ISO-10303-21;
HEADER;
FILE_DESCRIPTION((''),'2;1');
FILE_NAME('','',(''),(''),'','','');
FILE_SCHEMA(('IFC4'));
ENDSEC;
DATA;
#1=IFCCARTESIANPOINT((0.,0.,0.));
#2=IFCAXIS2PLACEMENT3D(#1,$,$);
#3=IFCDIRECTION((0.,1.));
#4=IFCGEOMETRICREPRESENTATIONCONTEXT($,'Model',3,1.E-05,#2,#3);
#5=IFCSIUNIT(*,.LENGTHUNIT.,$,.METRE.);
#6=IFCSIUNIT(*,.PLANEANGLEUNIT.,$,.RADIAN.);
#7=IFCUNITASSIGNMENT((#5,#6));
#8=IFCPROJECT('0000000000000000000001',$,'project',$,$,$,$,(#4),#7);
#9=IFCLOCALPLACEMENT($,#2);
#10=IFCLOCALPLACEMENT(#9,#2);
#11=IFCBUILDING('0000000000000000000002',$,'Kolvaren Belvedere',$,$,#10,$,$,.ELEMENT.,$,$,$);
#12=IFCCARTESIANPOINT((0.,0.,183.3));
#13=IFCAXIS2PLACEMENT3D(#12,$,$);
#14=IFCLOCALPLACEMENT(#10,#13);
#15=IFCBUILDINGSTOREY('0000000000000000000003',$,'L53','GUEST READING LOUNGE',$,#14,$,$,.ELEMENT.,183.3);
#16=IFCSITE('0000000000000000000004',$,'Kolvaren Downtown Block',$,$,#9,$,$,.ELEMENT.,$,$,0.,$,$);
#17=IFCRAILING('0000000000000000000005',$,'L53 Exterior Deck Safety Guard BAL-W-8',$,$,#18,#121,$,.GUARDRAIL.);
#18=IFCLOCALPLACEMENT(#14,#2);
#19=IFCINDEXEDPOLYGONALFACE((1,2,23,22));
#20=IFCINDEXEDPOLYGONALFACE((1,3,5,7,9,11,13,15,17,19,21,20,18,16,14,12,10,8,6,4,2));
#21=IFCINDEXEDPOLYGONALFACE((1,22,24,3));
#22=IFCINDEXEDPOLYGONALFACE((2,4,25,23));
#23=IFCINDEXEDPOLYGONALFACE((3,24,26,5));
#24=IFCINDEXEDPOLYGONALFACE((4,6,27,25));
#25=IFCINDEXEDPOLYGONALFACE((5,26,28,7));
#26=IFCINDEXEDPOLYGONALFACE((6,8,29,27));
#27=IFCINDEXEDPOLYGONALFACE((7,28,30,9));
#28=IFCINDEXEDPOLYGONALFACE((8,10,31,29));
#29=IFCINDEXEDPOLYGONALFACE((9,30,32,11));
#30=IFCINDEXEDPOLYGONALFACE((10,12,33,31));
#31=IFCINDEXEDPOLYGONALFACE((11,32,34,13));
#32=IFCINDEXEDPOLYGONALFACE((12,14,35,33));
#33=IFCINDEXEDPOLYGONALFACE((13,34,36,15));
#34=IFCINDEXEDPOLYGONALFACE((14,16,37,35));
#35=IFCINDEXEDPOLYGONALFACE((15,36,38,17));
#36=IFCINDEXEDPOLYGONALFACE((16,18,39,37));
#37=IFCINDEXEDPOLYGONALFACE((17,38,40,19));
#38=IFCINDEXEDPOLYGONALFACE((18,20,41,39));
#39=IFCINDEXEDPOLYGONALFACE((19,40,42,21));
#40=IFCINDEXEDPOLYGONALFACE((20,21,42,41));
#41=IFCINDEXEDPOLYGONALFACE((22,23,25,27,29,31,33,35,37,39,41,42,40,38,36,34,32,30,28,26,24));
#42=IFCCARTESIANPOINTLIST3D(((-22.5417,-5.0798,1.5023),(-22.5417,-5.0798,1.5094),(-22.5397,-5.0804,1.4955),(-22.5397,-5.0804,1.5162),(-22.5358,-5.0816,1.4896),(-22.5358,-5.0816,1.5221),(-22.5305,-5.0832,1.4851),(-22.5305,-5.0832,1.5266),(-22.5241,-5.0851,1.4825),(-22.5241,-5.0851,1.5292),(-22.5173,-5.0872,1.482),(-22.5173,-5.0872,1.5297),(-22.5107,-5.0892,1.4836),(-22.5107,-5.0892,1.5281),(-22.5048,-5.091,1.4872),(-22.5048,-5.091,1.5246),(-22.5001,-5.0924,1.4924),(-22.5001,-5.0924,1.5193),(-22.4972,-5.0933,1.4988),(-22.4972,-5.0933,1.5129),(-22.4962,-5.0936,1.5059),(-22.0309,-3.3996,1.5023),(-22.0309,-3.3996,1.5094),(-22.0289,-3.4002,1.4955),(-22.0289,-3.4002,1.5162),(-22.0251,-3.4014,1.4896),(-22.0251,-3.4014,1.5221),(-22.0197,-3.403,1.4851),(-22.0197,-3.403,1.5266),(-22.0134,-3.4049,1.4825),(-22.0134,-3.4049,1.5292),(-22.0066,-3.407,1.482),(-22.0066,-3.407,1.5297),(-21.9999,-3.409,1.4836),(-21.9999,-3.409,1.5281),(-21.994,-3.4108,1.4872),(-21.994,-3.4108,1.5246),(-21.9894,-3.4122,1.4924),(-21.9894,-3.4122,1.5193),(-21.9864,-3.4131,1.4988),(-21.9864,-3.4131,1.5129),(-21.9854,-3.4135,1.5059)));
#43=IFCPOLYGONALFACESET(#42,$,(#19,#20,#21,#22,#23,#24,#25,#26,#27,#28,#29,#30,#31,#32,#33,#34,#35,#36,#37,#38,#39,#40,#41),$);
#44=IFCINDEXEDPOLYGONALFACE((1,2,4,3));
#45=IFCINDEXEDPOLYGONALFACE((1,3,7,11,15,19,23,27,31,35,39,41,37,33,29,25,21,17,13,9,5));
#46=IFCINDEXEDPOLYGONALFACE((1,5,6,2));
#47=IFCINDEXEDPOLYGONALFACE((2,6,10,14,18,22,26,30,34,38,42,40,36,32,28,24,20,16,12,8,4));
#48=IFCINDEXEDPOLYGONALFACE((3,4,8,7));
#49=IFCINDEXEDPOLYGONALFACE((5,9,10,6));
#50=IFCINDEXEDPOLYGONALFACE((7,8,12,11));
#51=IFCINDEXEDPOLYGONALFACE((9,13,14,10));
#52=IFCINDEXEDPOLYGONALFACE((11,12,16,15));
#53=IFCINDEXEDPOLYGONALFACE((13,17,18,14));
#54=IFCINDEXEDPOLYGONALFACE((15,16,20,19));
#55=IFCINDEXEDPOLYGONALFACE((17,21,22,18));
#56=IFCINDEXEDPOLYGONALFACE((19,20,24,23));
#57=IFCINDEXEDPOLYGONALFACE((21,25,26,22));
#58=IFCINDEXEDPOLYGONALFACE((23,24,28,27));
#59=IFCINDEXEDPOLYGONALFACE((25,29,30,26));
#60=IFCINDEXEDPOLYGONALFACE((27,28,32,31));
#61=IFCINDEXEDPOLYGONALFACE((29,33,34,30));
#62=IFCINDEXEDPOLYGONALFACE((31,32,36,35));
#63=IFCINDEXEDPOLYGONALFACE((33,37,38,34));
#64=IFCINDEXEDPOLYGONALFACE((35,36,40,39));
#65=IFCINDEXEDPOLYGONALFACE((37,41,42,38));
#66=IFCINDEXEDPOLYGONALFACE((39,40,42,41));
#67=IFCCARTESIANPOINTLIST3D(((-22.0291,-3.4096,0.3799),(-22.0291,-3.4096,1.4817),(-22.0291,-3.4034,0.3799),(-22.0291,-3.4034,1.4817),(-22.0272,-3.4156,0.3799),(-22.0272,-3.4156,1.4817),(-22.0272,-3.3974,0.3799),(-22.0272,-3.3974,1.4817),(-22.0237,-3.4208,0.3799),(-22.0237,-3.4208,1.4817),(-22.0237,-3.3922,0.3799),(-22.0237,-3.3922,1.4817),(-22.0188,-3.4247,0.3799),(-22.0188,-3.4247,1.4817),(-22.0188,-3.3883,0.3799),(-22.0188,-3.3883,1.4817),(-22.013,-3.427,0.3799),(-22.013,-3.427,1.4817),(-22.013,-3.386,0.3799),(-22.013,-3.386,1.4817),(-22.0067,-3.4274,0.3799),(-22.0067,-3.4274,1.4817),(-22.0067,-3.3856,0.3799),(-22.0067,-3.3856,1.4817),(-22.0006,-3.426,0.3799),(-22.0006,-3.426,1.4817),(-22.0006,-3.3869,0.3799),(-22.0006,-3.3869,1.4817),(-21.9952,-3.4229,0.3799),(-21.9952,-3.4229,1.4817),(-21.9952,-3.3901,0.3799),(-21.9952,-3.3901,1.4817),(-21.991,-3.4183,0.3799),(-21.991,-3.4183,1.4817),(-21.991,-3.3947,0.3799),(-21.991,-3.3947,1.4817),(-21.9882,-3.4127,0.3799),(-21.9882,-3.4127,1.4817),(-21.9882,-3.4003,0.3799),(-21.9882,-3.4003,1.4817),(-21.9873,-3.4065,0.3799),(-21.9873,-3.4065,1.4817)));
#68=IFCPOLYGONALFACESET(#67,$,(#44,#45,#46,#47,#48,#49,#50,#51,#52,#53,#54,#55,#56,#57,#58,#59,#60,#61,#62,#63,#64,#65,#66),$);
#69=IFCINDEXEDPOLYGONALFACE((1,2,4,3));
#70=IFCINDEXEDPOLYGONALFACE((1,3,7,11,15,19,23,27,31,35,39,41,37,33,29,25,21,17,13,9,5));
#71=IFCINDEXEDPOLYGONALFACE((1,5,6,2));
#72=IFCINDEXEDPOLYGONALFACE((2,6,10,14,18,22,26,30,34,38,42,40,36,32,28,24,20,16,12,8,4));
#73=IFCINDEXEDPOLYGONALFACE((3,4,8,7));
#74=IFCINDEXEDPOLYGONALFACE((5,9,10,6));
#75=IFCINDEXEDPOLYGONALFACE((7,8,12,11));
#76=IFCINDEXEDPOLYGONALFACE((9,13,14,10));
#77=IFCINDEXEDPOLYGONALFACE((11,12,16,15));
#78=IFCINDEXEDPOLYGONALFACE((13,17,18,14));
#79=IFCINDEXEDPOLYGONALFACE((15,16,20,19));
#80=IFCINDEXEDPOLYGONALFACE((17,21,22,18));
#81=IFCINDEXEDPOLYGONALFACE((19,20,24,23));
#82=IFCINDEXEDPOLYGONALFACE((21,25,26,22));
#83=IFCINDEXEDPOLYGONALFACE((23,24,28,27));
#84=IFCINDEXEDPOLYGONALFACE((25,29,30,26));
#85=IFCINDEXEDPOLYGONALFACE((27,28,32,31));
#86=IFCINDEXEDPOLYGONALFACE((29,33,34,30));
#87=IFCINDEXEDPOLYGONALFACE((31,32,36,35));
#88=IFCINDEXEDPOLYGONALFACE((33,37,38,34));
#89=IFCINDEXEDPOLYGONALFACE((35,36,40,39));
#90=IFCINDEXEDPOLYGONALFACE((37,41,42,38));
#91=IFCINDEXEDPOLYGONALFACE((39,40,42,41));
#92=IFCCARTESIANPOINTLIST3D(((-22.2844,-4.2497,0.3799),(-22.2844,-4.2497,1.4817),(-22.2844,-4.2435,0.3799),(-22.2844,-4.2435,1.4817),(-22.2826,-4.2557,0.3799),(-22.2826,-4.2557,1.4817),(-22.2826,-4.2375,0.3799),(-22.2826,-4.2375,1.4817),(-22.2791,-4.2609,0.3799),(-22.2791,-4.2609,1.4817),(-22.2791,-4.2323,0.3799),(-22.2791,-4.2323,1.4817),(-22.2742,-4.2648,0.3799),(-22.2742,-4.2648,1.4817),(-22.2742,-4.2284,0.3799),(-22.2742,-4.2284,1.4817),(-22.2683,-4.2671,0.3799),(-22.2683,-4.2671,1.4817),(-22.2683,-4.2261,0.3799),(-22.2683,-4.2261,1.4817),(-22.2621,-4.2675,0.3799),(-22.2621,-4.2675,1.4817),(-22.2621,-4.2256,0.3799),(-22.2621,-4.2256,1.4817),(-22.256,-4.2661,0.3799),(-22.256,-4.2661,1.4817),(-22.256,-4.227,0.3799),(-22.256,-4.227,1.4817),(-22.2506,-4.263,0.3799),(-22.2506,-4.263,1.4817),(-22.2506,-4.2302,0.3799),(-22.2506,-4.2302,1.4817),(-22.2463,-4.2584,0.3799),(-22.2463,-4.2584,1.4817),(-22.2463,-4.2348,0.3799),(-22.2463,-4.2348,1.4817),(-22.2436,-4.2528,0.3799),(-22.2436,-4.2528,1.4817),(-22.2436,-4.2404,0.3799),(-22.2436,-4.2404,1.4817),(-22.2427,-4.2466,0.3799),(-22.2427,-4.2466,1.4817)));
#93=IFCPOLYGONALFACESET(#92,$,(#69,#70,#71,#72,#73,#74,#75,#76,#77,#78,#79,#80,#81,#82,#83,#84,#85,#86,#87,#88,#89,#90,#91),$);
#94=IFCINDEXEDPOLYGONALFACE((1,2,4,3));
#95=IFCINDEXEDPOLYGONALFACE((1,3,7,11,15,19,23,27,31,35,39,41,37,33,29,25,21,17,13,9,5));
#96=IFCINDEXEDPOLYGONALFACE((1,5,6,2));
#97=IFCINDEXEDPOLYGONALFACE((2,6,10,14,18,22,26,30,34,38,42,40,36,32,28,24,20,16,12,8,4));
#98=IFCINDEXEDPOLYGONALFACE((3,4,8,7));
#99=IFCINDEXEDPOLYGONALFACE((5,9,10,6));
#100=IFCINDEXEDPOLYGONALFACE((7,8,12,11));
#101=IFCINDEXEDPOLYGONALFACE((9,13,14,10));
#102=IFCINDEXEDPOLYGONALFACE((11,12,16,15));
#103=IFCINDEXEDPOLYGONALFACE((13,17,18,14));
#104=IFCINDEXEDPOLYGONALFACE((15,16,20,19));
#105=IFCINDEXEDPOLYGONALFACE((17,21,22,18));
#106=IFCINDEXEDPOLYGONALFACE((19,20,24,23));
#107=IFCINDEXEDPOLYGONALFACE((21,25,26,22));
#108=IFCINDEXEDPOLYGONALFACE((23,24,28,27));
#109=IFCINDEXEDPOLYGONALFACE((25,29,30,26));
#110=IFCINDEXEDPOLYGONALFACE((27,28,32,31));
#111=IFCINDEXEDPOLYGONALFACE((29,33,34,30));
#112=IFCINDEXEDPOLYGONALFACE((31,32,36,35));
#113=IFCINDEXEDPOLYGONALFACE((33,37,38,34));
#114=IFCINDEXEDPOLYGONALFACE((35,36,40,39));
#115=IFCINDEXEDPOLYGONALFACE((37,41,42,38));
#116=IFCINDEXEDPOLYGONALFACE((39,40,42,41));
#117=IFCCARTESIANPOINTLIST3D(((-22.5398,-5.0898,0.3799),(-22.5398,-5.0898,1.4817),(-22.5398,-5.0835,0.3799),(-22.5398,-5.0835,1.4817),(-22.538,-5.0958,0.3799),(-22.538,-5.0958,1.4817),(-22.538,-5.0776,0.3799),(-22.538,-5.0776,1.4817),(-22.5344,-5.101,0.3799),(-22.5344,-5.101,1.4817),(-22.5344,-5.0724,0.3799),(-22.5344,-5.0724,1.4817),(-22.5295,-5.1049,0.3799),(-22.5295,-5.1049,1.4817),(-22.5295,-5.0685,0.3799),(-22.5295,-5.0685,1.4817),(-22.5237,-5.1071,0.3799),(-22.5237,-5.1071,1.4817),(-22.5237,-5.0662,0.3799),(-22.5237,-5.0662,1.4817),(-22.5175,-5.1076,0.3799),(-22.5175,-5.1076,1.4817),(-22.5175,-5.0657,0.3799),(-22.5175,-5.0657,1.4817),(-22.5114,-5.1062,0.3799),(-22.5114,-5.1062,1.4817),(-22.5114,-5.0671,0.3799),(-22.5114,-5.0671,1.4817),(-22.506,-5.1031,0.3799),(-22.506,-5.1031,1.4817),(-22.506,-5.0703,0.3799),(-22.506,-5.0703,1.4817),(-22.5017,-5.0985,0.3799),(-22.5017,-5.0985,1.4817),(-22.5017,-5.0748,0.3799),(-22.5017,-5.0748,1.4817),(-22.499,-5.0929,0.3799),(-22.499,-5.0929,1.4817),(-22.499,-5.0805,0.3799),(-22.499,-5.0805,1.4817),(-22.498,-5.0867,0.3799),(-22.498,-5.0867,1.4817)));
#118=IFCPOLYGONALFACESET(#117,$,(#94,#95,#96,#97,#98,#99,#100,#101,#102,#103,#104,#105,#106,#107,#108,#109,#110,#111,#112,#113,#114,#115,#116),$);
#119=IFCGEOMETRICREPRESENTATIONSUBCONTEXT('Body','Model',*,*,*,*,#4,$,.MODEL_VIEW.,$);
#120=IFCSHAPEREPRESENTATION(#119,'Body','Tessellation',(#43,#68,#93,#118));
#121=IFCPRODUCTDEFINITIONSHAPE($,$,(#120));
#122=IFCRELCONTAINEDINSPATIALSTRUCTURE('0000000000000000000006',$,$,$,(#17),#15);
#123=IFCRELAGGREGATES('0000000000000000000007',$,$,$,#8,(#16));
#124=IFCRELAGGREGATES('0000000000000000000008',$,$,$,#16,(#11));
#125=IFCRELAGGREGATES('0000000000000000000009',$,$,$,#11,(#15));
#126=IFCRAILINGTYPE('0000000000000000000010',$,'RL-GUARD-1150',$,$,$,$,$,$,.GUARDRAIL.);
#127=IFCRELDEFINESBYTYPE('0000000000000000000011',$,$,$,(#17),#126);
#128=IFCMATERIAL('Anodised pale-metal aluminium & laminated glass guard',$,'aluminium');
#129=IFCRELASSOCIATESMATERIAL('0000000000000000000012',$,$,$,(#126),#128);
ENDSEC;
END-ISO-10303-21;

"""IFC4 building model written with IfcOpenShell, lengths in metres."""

from ifc_helpers import new_model, si_unit, direction, frame, origin, origin_2d, place, context, subcontext, project, spatial, circle, extrude, material, type_object, element, save


model = new_model("IFC4")

# Units and contexts
model_context = context("Model", 3, precision=1e-05, world=origin(), true_north=direction((0.0, 1.0)))
body_context = subcontext(model_context, "Body", "Model", "MODEL_VIEW")
ifc_project = project(units=[si_unit("LENGTHUNIT", "METRE"), si_unit("PLANEANGLEUNIT", "RADIAN")], contexts=[model_context])

# Site, building, storey
site_placement = place(None, origin())
site = spatial("IfcSite", under=ifc_project, at=site_placement, Name="Kolvaren Downtown Block", CompositionType="ELEMENT", RefElevation=0.0)
building_placement = place(site_placement, origin())
building = spatial("IfcBuilding", under=site, at=building_placement, Name="Kolvaren Belvedere", CompositionType="ELEMENT")
storey_placement = place(building_placement, frame((0.0, 0.0, 183.3)))
storey = spatial("IfcBuildingStorey", under=building, at=storey_placement, Name="L53", Description="GUEST READING LOUNGE", CompositionType="ELEMENT", Elevation=183.3)

# Railing
ifc_material_1 = material(Name="Anodised pale-metal aluminium & laminated glass guard", Category="aluminium")
railing_type = type_object("IfcRailingType", Name="RL-GUARD-1150", PredefinedType="GUARDRAIL", material=ifc_material_1)
railing_1_placement = place(storey_placement, frame((-22.0083, -3.4065, 0.3799)))
element("IfcRailing", 1, at=railing_1_placement, inside=storey, type_object=railing_type, Name="L53 Exterior Deck Safety Guard BAL-W-8", PredefinedType="GUARDRAIL", context=body_context, shape_type="SweptSolid", body=[
    extrude(circle(Radius=0.0239, at=origin_2d()), frame((0.0, 0.0, 1.126), z_axis=(-0.290841, -0.956771, 0.0), x_axis=(0.956771, -0.290841, 0.0)), (0.0, 0.0, 1.0), 1.7561),
    extrude(circle(Radius=0.021, at=origin_2d()), origin(), (0.0, 0.0, 1.0), 1.1018),
    extrude(circle(Radius=0.021, at=origin_2d()), frame((-0.2554, -0.8401, 0.0)), (0.0, 0.0, 1.0), 1.1018),
    extrude(circle(Radius=0.021, at=origin_2d()), frame((-0.5107, -1.6802, 0.0)), (0.0, 0.0, 1.0), 1.1018),
])

save(model, "model.ifc")
